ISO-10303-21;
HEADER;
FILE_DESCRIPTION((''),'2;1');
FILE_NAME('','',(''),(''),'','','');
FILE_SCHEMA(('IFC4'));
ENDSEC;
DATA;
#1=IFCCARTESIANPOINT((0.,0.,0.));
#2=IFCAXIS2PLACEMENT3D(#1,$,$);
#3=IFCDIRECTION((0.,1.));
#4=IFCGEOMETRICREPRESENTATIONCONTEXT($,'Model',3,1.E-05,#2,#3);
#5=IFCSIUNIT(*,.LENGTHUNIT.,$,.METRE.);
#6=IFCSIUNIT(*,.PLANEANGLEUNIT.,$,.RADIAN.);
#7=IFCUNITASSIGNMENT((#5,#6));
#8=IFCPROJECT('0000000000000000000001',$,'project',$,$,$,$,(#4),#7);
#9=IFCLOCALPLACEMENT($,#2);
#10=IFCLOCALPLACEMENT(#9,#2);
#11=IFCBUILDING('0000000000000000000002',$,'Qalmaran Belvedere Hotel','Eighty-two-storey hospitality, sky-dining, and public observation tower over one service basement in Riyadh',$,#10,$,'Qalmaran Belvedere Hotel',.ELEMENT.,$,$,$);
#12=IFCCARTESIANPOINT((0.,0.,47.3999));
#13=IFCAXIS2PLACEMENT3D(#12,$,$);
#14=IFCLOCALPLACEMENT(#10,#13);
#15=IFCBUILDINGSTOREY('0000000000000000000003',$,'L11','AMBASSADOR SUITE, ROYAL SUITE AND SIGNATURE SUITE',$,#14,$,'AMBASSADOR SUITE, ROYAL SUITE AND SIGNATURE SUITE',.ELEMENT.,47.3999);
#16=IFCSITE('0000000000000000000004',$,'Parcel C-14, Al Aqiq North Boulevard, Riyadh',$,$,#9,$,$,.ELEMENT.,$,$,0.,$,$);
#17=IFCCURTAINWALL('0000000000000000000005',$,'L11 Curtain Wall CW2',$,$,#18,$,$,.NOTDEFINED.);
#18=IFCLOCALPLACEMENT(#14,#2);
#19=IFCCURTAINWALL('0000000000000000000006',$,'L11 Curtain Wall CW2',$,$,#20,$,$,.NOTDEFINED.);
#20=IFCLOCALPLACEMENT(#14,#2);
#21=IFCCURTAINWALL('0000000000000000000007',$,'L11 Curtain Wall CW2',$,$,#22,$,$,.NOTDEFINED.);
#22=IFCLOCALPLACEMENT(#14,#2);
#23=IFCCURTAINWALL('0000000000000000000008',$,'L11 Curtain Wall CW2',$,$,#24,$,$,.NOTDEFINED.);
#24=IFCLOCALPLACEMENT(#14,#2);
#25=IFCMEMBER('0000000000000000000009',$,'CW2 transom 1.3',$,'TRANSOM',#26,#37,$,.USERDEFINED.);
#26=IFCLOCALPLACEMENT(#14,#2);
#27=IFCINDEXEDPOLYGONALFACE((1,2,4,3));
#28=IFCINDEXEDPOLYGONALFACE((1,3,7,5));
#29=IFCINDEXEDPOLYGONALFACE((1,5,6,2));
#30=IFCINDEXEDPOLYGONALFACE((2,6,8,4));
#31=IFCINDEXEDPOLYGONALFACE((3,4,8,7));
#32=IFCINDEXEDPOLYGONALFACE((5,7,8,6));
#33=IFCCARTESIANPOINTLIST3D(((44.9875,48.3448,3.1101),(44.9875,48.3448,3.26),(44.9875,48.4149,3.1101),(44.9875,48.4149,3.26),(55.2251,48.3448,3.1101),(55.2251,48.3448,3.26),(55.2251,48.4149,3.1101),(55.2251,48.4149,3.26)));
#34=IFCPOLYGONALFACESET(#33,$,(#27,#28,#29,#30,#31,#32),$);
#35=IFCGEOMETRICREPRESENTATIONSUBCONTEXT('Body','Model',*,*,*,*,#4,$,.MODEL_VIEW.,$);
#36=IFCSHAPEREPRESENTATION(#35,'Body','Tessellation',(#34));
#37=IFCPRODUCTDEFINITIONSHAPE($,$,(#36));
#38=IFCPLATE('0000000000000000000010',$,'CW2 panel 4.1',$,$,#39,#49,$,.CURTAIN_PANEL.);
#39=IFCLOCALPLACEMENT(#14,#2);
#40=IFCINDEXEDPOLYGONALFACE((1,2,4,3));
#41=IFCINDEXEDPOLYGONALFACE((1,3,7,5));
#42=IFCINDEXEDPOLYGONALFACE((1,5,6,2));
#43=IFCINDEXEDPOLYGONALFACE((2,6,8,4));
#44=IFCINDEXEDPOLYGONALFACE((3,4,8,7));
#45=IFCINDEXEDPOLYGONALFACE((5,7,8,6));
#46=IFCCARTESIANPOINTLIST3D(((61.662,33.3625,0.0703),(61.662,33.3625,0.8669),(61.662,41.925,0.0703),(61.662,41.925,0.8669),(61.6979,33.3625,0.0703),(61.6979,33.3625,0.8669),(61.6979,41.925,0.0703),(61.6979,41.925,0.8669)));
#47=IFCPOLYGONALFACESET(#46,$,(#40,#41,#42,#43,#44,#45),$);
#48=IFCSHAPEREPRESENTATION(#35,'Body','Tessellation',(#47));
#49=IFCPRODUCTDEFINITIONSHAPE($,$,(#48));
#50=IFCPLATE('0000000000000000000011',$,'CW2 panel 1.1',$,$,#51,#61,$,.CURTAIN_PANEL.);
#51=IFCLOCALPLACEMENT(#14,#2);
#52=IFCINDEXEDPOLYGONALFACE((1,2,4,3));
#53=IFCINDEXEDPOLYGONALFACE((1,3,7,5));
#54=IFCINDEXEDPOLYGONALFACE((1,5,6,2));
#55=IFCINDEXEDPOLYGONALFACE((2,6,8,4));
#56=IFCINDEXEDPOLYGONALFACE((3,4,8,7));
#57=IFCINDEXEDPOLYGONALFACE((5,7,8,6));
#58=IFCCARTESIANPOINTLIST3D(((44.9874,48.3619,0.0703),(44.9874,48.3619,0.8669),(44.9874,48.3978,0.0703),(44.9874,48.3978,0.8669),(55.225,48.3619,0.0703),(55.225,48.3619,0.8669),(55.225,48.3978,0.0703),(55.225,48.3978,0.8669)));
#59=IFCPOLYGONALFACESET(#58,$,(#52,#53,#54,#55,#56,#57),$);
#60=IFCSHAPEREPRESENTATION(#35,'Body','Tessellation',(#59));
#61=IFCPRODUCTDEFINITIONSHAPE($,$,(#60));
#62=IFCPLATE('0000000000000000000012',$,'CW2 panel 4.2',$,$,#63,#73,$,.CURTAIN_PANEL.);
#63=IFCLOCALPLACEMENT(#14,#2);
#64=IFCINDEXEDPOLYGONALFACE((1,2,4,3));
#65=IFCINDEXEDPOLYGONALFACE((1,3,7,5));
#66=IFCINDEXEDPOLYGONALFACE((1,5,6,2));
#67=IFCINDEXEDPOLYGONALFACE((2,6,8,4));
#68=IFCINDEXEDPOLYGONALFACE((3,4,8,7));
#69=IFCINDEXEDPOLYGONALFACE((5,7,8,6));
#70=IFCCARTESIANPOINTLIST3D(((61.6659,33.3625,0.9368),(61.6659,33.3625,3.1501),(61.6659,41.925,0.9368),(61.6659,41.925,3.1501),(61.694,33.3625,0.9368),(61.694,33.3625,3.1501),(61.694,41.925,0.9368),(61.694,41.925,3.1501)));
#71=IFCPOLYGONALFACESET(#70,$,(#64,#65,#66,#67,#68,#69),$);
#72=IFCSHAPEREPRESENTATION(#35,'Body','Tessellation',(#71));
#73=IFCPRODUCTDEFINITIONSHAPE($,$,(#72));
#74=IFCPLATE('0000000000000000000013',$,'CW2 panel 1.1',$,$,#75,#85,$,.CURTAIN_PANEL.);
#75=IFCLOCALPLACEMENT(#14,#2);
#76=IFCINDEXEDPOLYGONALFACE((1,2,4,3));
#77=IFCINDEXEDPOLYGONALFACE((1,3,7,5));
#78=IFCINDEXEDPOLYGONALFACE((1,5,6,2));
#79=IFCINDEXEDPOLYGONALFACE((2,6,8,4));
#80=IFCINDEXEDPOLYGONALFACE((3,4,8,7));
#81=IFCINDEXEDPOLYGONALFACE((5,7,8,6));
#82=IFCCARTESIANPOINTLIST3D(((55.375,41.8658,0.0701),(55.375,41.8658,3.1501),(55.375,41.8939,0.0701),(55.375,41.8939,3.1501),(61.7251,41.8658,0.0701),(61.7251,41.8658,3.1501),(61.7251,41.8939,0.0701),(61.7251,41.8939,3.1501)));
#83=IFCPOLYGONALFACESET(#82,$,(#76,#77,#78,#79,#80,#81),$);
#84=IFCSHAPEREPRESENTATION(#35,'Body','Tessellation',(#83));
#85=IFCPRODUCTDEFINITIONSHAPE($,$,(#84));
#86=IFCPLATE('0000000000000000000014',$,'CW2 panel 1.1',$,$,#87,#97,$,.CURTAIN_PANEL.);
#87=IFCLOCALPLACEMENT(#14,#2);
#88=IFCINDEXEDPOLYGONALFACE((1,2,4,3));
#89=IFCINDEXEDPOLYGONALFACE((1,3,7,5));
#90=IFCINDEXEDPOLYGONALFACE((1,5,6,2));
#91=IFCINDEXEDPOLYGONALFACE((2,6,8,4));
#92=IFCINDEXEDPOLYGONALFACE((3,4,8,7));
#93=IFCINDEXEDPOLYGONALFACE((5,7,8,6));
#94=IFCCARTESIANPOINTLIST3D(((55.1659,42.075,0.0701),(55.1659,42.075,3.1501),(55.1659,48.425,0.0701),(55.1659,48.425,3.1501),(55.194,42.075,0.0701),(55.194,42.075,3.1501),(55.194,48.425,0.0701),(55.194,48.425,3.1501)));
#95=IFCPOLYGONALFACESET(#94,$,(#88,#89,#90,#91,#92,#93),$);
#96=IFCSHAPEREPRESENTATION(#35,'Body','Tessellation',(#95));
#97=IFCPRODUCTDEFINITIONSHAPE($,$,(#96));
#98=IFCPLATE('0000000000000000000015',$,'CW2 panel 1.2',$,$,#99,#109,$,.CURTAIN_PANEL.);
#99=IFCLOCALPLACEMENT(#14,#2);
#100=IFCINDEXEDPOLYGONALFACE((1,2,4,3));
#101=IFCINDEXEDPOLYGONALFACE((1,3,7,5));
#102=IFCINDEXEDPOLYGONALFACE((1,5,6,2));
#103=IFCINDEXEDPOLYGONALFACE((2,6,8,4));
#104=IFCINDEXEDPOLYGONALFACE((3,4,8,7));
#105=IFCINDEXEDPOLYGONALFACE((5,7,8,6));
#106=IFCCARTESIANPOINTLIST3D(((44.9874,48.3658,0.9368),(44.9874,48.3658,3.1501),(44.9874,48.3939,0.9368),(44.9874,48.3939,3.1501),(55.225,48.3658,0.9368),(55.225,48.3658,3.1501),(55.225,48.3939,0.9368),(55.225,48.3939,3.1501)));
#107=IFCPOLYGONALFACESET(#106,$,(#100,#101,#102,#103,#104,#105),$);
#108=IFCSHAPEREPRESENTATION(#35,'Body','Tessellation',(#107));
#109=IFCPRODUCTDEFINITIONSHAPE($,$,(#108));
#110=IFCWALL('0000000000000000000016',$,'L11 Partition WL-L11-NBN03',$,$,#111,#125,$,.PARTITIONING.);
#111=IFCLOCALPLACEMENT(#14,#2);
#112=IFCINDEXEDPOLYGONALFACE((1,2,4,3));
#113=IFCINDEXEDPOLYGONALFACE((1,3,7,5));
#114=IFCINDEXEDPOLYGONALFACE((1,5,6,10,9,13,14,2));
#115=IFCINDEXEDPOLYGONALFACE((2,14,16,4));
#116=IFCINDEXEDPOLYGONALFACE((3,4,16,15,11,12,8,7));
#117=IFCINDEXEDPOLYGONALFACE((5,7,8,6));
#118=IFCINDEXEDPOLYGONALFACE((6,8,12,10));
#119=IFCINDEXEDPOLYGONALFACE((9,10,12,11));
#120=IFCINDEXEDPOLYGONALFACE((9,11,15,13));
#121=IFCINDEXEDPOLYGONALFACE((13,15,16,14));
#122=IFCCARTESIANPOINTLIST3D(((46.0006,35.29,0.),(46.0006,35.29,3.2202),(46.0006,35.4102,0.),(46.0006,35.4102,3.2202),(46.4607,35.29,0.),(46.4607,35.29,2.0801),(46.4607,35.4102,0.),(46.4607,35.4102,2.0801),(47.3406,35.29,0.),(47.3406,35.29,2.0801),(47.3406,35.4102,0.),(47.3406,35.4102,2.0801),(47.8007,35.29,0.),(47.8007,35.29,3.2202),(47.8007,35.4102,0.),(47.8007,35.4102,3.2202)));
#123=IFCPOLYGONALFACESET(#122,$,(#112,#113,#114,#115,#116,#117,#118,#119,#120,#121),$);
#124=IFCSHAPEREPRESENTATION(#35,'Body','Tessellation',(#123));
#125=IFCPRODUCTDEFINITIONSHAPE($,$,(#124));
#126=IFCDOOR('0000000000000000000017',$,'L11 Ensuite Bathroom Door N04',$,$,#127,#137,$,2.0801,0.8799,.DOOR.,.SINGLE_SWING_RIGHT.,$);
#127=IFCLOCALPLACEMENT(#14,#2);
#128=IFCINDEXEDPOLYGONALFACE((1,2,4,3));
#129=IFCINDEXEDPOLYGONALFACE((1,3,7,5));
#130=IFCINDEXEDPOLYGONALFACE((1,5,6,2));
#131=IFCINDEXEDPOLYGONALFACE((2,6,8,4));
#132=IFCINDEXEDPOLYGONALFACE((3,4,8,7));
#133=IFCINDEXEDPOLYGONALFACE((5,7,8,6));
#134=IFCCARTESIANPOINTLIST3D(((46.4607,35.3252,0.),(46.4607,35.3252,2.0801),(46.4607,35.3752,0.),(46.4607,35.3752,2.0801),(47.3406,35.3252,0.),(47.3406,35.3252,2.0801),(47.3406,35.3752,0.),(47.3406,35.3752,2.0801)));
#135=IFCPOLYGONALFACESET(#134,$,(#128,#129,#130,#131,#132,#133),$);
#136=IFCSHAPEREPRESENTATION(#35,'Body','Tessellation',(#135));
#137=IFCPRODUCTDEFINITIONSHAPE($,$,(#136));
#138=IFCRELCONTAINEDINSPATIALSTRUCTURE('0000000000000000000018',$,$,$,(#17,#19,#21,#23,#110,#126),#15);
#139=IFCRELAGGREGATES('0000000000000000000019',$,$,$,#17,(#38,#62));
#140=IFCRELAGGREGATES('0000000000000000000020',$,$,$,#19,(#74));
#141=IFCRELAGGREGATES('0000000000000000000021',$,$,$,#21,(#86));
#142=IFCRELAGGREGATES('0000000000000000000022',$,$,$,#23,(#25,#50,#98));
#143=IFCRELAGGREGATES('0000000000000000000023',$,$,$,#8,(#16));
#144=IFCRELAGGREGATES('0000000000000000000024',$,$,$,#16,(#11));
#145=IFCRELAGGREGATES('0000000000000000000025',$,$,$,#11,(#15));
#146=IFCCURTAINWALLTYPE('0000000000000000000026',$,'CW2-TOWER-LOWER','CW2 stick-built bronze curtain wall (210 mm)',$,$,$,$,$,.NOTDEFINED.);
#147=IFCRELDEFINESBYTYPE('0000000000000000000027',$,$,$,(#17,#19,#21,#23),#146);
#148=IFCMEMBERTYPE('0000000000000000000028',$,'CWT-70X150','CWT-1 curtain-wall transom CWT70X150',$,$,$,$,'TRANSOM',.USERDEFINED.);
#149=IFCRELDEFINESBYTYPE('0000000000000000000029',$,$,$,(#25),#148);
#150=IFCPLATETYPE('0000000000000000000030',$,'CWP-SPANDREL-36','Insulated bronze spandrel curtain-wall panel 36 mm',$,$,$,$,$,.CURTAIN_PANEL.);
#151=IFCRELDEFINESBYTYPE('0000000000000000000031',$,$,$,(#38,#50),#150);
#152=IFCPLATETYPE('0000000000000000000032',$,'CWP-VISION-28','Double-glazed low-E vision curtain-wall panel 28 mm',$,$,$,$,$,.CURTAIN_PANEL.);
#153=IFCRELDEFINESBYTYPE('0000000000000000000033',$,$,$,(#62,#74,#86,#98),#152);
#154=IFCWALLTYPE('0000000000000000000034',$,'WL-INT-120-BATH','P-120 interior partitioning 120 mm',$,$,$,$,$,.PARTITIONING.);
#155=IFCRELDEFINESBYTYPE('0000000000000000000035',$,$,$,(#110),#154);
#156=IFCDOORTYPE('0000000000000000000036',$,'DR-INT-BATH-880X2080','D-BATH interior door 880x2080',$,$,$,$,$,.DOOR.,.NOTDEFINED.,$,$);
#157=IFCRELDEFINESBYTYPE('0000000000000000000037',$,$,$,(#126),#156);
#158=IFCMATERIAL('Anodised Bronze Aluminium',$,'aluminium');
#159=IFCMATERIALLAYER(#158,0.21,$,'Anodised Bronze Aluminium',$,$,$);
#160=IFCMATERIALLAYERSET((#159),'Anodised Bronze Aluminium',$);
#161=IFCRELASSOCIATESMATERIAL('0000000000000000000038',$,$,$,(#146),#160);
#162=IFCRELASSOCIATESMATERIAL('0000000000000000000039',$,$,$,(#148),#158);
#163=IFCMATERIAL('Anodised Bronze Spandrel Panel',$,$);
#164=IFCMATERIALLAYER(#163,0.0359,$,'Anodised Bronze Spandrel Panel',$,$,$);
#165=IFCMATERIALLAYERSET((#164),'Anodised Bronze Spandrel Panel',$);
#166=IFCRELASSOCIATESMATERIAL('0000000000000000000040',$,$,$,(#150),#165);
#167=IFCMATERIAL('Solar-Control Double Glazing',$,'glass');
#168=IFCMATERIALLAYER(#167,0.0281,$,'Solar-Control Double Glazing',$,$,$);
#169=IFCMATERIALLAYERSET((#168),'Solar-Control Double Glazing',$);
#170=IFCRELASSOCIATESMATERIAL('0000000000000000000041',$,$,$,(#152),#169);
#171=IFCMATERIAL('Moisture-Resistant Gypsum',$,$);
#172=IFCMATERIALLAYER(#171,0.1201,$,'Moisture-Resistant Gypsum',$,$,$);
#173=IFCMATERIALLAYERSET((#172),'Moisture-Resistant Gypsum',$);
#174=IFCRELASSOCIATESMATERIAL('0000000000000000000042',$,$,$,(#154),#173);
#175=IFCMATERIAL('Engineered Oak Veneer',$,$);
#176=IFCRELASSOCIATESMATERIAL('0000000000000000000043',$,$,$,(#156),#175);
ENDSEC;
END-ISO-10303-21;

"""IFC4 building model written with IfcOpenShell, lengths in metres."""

from ifc_helpers import new_model, si_unit, direction, frame, frame_2d, origin, origin_2d, place, context, subcontext, project, spatial, rectangle, extrude, material, layer, layer_set, material_profile, profile_set, type_object, element, fill, aggregate, save


model = new_model("IFC4")

# Units and contexts
model_context = context("Model", 3, precision=1e-05, world=origin(), true_north=direction((0.0, 1.0)))
body_context = subcontext(model_context, "Body", "Model", "MODEL_VIEW")
ifc_project = project(units=[si_unit("LENGTHUNIT", "METRE"), si_unit("PLANEANGLEUNIT", "RADIAN")], contexts=[model_context])

# Site, building, storey
site_placement = place(None, origin())
site = spatial("IfcSite", under=ifc_project, at=site_placement, Name="Parcel C-14, Al Aqiq North Boulevard, Riyadh", CompositionType="ELEMENT", RefElevation=0.0)
building_placement = place(site_placement, origin())
building = spatial("IfcBuilding", under=site, at=building_placement, Name="Qalmaran Belvedere Hotel", Description="Eighty-two-storey hospitality, sky-dining, and public observation tower over one service basement in Riyadh", LongName="Qalmaran Belvedere Hotel", CompositionType="ELEMENT")
storey_placement = place(building_placement, frame((0.0, 0.0, 47.3999)))
storey = spatial("IfcBuildingStorey", under=building, at=storey_placement, Name="L11", Description="AMBASSADOR SUITE, ROYAL SUITE AND SIGNATURE SUITE", LongName="AMBASSADOR SUITE, ROYAL SUITE AND SIGNATURE SUITE", CompositionType="ELEMENT", Elevation=47.3999)

# Curtain wall
ifc_material_1 = material(Name="Anodised Bronze Aluminium", Category="aluminium")
ifc_layer_1 = layer(ifc_material_1, 0.21, Name="Anodised Bronze Aluminium")
ifc_layer_set_1 = layer_set([ifc_layer_1], Name="Anodised Bronze Aluminium")
curtain_wall_type = type_object("IfcCurtainWallType", Name="CW2-TOWER-LOWER", Description="CW2 stick-built bronze curtain wall (210 mm)", PredefinedType="NOTDEFINED", material=ifc_layer_set_1)
curtain_wall_1_placement = place(storey_placement, origin())
curtain_wall_1 = element("IfcCurtainWall", 1, at=curtain_wall_1_placement, inside=storey, type_object=curtain_wall_type, Name="L11 Curtain Wall CW2", PredefinedType="NOTDEFINED")

# Curtain walls
curtain_wall_2_placement = place(storey_placement, origin())
curtain_wall_2 = element("IfcCurtainWall", 2, at=curtain_wall_2_placement, inside=storey, type_object=curtain_wall_type, Name="L11 Curtain Wall CW2", PredefinedType="NOTDEFINED")
curtain_wall_3_placement = place(storey_placement, origin())
curtain_wall_3 = element("IfcCurtainWall", 3, at=curtain_wall_3_placement, inside=storey, type_object=curtain_wall_type, Name="L11 Curtain Wall CW2", PredefinedType="NOTDEFINED")

# Curtain wall
curtain_wall_4_placement = place(storey_placement, origin())
curtain_wall_4 = element("IfcCurtainWall", 4, at=curtain_wall_4_placement, inside=storey, type_object=curtain_wall_type, Name="L11 Curtain Wall CW2", PredefinedType="NOTDEFINED")

# Member
ifc_material_profile_1 = material_profile(ifc_material_1, rectangle(XDim=0.0701, YDim=0.1499, at=origin_2d()), Name="CWT70X150")
ifc_profile_set_1 = profile_set([ifc_material_profile_1], Name="Anodised Bronze Aluminium")
member_type_1 = type_object("IfcMemberType", Name="CWT-70X150", Description="CWT-1 curtain-wall transom CWT70X150", ElementType="TRANSOM", PredefinedType="USERDEFINED", material=ifc_profile_set_1)
member_1_placement = place(storey_placement, frame((55.2251, 48.3799, 3.1851), z_axis=(-1.0, 0.0, 0.0), x_axis=(0.0, -1.0, 0.0)))
member_1 = element("IfcMember", 5, at=member_1_placement, type_object=member_type_1, Name="CW2 transom 1.3", ObjectType="TRANSOM", PredefinedType="USERDEFINED", context=body_context, shape_type="SweptSolid", body=[
    extrude(rectangle(XDim=0.0701, YDim=0.1499, at=origin_2d()), origin(), (0.0, 0.0, 1.0), 10.2375),
])

# Plates
ifc_material_2 = material(Name="Anodised Bronze Spandrel Panel")
ifc_layer_2 = layer(ifc_material_2, 0.0359, Name="Anodised Bronze Spandrel Panel")
ifc_layer_set_2 = layer_set([ifc_layer_2], Name="Anodised Bronze Spandrel Panel")
plate_type_1 = type_object("IfcPlateType", Name="CWP-SPANDREL-36", Description="Insulated bronze spandrel curtain-wall panel 36 mm", PredefinedType="CURTAIN_PANEL", material=ifc_layer_set_2)
plate_1_placement = place(storey_placement, frame((61.6799, 37.6438, 0.0703), z_axis=(0.0, 0.0, 1.0), x_axis=(0.0, 1.0, 0.0)))
plate_1 = element("IfcPlate", 6, at=plate_1_placement, type_object=plate_type_1, Name="CW2 panel 4.1", PredefinedType="CURTAIN_PANEL", context=body_context, shape_type="SweptSolid", body=[
    extrude(rectangle(XDim=8.5625, YDim=0.0359, at=origin_2d()), origin(), (0.0, 0.0, 1.0), 0.7966),
])
plate_2_placement = place(storey_placement, frame((50.1062, 48.3799, 0.0703), z_axis=(0.0, 0.0, 1.0), x_axis=(-1.0, 0.0, 0.0)))
plate_2 = element("IfcPlate", 7, at=plate_2_placement, type_object=plate_type_1, Name="CW2 panel 1.1", PredefinedType="CURTAIN_PANEL", context=body_context, shape_type="SweptSolid", body=[
    extrude(rectangle(XDim=10.2375, YDim=0.0359, at=origin_2d()), origin(), (0.0, 0.0, 1.0), 0.7966),
])
ifc_material_3 = material(Name="Solar-Control Double Glazing", Category="glass")
ifc_layer_3 = layer(ifc_material_3, 0.0281, Name="Solar-Control Double Glazing")
ifc_layer_set_3 = layer_set([ifc_layer_3], Name="Solar-Control Double Glazing")
plate_type_2 = type_object("IfcPlateType", Name="CWP-VISION-28", Description="Double-glazed low-E vision curtain-wall panel 28 mm", PredefinedType="CURTAIN_PANEL", material=ifc_layer_set_3)
plate_3_placement = place(storey_placement, frame((61.6799, 37.6438, 0.9368), z_axis=(0.0, 0.0, 1.0), x_axis=(0.0, 1.0, 0.0)))
plate_3 = element("IfcPlate", 8, at=plate_3_placement, type_object=plate_type_2, Name="CW2 panel 4.2", PredefinedType="CURTAIN_PANEL", context=body_context, shape_type="SweptSolid", body=[
    extrude(rectangle(XDim=8.5625, YDim=0.0281, at=origin_2d()), origin(), (0.0, 0.0, 1.0), 2.2134),
])
aggregate(curtain_wall_1, [plate_1, plate_3])
plate_4_placement = place(storey_placement, frame((58.55, 41.8799, 0.0701), z_axis=(0.0, 0.0, 1.0), x_axis=(-1.0, 0.0, 0.0)))
plate_4 = element("IfcPlate", 9, at=plate_4_placement, type_object=plate_type_2, Name="CW2 panel 1.1", PredefinedType="CURTAIN_PANEL", context=body_context, shape_type="SweptSolid", body=[
    extrude(rectangle(XDim=6.3501, YDim=0.0281, at=origin_2d()), origin(), (0.0, 0.0, 1.0), 3.0801),
])
aggregate(curtain_wall_2, [plate_4])
plate_5_placement = place(storey_placement, frame((55.1799, 45.25, 0.0701), z_axis=(0.0, 0.0, 1.0), x_axis=(0.0, 1.0, 0.0)))
plate_5 = element("IfcPlate", 10, at=plate_5_placement, type_object=plate_type_2, Name="CW2 panel 1.1", PredefinedType="CURTAIN_PANEL", context=body_context, shape_type="SweptSolid", body=[
    extrude(rectangle(XDim=6.3501, YDim=0.0281, at=origin_2d()), origin(), (0.0, 0.0, 1.0), 3.0801),
])
aggregate(curtain_wall_3, [plate_5])
plate_6_placement = place(storey_placement, frame((50.1062, 48.3799, 0.9368), z_axis=(0.0, 0.0, 1.0), x_axis=(-1.0, 0.0, 0.0)))
plate_6 = element("IfcPlate", 11, at=plate_6_placement, type_object=plate_type_2, Name="CW2 panel 1.2", PredefinedType="CURTAIN_PANEL", context=body_context, shape_type="SweptSolid", body=[
    extrude(rectangle(XDim=10.2375, YDim=0.0281, at=origin_2d()), origin(), (0.0, 0.0, 1.0), 2.2134),
])
aggregate(curtain_wall_4, [member_1, plate_2, plate_6])

# Wall, opening, door
ifc_material_4 = material(Name="Moisture-Resistant Gypsum")
ifc_layer_4 = layer(ifc_material_4, 0.1201, Name="Moisture-Resistant Gypsum")
ifc_layer_set_4 = layer_set([ifc_layer_4], Name="Moisture-Resistant Gypsum")
wall_type = type_object("IfcWallType", Name="WL-INT-120-BATH", Description="P-120 interior partitioning 120 mm", PredefinedType="PARTITIONING", material=ifc_layer_set_4)
wall_placement = place(storey_placement, frame((46.0007, 35.3501, 0.0), z_axis=(0.0, 0.0, 1.0), x_axis=(1.0, 0.0, 0.0)))
wall = element("IfcWall", 12, at=wall_placement, inside=storey, type_object=wall_type, Name="L11 Partition WL-L11-NBN03", PredefinedType="PARTITIONING", context=body_context, shape_type="SweptSolid", body=[
    extrude(rectangle(XDim=1.8, YDim=0.1201, at=frame_2d((0.8999, 0.0))), origin(), (0.0, 0.0, 1.0), 3.2202),
])
opening_placement = place(wall_placement, frame((1.3398, 0.0, 0.0), z_axis=(0.0, 0.0, 1.0), x_axis=(-1.0, 0.0, 0.0)))
opening = element("IfcOpeningElement", 13, at=opening_placement, cuts=wall, PredefinedType="OPENING", context=body_context, shape_type="SweptSolid", body=[
    extrude(rectangle(XDim=0.8799, YDim=2.0801, at=frame_2d((0.4399, 1.04))), frame((0.0, 0.0701, 0.0), z_axis=(0.0, -1.0, 0.0), x_axis=(1.0, 0.0, 0.0)), (0.0, 0.0, 1.0), 0.1401),
])
ifc_material_5 = material(Name="Engineered Oak Veneer")
door_type = type_object("IfcDoorType", Name="DR-INT-BATH-880X2080", Description="D-BATH interior door 880x2080", OperationType="NOTDEFINED", PredefinedType="DOOR", material=ifc_material_5)
door_placement = place(opening_placement, origin())
door = element("IfcDoor", 14, at=door_placement, inside=storey, type_object=door_type, Name="L11 Ensuite Bathroom Door N04", OperationType="SINGLE_SWING_RIGHT", OverallHeight=2.0801, OverallWidth=0.8799, PredefinedType="DOOR", context=body_context, shape_type="SweptSolid", body=[
    extrude(rectangle(XDim=0.8799, YDim=2.0801, at=frame_2d((0.4399, 1.04))), frame((0.0, 0.0249, 0.0), z_axis=(0.0, -1.0, 0.0), x_axis=(1.0, 0.0, 0.0)), (0.0, 0.0, 1.0), 0.05),
])
fill(opening, door)

save(model, "model.ifc")
